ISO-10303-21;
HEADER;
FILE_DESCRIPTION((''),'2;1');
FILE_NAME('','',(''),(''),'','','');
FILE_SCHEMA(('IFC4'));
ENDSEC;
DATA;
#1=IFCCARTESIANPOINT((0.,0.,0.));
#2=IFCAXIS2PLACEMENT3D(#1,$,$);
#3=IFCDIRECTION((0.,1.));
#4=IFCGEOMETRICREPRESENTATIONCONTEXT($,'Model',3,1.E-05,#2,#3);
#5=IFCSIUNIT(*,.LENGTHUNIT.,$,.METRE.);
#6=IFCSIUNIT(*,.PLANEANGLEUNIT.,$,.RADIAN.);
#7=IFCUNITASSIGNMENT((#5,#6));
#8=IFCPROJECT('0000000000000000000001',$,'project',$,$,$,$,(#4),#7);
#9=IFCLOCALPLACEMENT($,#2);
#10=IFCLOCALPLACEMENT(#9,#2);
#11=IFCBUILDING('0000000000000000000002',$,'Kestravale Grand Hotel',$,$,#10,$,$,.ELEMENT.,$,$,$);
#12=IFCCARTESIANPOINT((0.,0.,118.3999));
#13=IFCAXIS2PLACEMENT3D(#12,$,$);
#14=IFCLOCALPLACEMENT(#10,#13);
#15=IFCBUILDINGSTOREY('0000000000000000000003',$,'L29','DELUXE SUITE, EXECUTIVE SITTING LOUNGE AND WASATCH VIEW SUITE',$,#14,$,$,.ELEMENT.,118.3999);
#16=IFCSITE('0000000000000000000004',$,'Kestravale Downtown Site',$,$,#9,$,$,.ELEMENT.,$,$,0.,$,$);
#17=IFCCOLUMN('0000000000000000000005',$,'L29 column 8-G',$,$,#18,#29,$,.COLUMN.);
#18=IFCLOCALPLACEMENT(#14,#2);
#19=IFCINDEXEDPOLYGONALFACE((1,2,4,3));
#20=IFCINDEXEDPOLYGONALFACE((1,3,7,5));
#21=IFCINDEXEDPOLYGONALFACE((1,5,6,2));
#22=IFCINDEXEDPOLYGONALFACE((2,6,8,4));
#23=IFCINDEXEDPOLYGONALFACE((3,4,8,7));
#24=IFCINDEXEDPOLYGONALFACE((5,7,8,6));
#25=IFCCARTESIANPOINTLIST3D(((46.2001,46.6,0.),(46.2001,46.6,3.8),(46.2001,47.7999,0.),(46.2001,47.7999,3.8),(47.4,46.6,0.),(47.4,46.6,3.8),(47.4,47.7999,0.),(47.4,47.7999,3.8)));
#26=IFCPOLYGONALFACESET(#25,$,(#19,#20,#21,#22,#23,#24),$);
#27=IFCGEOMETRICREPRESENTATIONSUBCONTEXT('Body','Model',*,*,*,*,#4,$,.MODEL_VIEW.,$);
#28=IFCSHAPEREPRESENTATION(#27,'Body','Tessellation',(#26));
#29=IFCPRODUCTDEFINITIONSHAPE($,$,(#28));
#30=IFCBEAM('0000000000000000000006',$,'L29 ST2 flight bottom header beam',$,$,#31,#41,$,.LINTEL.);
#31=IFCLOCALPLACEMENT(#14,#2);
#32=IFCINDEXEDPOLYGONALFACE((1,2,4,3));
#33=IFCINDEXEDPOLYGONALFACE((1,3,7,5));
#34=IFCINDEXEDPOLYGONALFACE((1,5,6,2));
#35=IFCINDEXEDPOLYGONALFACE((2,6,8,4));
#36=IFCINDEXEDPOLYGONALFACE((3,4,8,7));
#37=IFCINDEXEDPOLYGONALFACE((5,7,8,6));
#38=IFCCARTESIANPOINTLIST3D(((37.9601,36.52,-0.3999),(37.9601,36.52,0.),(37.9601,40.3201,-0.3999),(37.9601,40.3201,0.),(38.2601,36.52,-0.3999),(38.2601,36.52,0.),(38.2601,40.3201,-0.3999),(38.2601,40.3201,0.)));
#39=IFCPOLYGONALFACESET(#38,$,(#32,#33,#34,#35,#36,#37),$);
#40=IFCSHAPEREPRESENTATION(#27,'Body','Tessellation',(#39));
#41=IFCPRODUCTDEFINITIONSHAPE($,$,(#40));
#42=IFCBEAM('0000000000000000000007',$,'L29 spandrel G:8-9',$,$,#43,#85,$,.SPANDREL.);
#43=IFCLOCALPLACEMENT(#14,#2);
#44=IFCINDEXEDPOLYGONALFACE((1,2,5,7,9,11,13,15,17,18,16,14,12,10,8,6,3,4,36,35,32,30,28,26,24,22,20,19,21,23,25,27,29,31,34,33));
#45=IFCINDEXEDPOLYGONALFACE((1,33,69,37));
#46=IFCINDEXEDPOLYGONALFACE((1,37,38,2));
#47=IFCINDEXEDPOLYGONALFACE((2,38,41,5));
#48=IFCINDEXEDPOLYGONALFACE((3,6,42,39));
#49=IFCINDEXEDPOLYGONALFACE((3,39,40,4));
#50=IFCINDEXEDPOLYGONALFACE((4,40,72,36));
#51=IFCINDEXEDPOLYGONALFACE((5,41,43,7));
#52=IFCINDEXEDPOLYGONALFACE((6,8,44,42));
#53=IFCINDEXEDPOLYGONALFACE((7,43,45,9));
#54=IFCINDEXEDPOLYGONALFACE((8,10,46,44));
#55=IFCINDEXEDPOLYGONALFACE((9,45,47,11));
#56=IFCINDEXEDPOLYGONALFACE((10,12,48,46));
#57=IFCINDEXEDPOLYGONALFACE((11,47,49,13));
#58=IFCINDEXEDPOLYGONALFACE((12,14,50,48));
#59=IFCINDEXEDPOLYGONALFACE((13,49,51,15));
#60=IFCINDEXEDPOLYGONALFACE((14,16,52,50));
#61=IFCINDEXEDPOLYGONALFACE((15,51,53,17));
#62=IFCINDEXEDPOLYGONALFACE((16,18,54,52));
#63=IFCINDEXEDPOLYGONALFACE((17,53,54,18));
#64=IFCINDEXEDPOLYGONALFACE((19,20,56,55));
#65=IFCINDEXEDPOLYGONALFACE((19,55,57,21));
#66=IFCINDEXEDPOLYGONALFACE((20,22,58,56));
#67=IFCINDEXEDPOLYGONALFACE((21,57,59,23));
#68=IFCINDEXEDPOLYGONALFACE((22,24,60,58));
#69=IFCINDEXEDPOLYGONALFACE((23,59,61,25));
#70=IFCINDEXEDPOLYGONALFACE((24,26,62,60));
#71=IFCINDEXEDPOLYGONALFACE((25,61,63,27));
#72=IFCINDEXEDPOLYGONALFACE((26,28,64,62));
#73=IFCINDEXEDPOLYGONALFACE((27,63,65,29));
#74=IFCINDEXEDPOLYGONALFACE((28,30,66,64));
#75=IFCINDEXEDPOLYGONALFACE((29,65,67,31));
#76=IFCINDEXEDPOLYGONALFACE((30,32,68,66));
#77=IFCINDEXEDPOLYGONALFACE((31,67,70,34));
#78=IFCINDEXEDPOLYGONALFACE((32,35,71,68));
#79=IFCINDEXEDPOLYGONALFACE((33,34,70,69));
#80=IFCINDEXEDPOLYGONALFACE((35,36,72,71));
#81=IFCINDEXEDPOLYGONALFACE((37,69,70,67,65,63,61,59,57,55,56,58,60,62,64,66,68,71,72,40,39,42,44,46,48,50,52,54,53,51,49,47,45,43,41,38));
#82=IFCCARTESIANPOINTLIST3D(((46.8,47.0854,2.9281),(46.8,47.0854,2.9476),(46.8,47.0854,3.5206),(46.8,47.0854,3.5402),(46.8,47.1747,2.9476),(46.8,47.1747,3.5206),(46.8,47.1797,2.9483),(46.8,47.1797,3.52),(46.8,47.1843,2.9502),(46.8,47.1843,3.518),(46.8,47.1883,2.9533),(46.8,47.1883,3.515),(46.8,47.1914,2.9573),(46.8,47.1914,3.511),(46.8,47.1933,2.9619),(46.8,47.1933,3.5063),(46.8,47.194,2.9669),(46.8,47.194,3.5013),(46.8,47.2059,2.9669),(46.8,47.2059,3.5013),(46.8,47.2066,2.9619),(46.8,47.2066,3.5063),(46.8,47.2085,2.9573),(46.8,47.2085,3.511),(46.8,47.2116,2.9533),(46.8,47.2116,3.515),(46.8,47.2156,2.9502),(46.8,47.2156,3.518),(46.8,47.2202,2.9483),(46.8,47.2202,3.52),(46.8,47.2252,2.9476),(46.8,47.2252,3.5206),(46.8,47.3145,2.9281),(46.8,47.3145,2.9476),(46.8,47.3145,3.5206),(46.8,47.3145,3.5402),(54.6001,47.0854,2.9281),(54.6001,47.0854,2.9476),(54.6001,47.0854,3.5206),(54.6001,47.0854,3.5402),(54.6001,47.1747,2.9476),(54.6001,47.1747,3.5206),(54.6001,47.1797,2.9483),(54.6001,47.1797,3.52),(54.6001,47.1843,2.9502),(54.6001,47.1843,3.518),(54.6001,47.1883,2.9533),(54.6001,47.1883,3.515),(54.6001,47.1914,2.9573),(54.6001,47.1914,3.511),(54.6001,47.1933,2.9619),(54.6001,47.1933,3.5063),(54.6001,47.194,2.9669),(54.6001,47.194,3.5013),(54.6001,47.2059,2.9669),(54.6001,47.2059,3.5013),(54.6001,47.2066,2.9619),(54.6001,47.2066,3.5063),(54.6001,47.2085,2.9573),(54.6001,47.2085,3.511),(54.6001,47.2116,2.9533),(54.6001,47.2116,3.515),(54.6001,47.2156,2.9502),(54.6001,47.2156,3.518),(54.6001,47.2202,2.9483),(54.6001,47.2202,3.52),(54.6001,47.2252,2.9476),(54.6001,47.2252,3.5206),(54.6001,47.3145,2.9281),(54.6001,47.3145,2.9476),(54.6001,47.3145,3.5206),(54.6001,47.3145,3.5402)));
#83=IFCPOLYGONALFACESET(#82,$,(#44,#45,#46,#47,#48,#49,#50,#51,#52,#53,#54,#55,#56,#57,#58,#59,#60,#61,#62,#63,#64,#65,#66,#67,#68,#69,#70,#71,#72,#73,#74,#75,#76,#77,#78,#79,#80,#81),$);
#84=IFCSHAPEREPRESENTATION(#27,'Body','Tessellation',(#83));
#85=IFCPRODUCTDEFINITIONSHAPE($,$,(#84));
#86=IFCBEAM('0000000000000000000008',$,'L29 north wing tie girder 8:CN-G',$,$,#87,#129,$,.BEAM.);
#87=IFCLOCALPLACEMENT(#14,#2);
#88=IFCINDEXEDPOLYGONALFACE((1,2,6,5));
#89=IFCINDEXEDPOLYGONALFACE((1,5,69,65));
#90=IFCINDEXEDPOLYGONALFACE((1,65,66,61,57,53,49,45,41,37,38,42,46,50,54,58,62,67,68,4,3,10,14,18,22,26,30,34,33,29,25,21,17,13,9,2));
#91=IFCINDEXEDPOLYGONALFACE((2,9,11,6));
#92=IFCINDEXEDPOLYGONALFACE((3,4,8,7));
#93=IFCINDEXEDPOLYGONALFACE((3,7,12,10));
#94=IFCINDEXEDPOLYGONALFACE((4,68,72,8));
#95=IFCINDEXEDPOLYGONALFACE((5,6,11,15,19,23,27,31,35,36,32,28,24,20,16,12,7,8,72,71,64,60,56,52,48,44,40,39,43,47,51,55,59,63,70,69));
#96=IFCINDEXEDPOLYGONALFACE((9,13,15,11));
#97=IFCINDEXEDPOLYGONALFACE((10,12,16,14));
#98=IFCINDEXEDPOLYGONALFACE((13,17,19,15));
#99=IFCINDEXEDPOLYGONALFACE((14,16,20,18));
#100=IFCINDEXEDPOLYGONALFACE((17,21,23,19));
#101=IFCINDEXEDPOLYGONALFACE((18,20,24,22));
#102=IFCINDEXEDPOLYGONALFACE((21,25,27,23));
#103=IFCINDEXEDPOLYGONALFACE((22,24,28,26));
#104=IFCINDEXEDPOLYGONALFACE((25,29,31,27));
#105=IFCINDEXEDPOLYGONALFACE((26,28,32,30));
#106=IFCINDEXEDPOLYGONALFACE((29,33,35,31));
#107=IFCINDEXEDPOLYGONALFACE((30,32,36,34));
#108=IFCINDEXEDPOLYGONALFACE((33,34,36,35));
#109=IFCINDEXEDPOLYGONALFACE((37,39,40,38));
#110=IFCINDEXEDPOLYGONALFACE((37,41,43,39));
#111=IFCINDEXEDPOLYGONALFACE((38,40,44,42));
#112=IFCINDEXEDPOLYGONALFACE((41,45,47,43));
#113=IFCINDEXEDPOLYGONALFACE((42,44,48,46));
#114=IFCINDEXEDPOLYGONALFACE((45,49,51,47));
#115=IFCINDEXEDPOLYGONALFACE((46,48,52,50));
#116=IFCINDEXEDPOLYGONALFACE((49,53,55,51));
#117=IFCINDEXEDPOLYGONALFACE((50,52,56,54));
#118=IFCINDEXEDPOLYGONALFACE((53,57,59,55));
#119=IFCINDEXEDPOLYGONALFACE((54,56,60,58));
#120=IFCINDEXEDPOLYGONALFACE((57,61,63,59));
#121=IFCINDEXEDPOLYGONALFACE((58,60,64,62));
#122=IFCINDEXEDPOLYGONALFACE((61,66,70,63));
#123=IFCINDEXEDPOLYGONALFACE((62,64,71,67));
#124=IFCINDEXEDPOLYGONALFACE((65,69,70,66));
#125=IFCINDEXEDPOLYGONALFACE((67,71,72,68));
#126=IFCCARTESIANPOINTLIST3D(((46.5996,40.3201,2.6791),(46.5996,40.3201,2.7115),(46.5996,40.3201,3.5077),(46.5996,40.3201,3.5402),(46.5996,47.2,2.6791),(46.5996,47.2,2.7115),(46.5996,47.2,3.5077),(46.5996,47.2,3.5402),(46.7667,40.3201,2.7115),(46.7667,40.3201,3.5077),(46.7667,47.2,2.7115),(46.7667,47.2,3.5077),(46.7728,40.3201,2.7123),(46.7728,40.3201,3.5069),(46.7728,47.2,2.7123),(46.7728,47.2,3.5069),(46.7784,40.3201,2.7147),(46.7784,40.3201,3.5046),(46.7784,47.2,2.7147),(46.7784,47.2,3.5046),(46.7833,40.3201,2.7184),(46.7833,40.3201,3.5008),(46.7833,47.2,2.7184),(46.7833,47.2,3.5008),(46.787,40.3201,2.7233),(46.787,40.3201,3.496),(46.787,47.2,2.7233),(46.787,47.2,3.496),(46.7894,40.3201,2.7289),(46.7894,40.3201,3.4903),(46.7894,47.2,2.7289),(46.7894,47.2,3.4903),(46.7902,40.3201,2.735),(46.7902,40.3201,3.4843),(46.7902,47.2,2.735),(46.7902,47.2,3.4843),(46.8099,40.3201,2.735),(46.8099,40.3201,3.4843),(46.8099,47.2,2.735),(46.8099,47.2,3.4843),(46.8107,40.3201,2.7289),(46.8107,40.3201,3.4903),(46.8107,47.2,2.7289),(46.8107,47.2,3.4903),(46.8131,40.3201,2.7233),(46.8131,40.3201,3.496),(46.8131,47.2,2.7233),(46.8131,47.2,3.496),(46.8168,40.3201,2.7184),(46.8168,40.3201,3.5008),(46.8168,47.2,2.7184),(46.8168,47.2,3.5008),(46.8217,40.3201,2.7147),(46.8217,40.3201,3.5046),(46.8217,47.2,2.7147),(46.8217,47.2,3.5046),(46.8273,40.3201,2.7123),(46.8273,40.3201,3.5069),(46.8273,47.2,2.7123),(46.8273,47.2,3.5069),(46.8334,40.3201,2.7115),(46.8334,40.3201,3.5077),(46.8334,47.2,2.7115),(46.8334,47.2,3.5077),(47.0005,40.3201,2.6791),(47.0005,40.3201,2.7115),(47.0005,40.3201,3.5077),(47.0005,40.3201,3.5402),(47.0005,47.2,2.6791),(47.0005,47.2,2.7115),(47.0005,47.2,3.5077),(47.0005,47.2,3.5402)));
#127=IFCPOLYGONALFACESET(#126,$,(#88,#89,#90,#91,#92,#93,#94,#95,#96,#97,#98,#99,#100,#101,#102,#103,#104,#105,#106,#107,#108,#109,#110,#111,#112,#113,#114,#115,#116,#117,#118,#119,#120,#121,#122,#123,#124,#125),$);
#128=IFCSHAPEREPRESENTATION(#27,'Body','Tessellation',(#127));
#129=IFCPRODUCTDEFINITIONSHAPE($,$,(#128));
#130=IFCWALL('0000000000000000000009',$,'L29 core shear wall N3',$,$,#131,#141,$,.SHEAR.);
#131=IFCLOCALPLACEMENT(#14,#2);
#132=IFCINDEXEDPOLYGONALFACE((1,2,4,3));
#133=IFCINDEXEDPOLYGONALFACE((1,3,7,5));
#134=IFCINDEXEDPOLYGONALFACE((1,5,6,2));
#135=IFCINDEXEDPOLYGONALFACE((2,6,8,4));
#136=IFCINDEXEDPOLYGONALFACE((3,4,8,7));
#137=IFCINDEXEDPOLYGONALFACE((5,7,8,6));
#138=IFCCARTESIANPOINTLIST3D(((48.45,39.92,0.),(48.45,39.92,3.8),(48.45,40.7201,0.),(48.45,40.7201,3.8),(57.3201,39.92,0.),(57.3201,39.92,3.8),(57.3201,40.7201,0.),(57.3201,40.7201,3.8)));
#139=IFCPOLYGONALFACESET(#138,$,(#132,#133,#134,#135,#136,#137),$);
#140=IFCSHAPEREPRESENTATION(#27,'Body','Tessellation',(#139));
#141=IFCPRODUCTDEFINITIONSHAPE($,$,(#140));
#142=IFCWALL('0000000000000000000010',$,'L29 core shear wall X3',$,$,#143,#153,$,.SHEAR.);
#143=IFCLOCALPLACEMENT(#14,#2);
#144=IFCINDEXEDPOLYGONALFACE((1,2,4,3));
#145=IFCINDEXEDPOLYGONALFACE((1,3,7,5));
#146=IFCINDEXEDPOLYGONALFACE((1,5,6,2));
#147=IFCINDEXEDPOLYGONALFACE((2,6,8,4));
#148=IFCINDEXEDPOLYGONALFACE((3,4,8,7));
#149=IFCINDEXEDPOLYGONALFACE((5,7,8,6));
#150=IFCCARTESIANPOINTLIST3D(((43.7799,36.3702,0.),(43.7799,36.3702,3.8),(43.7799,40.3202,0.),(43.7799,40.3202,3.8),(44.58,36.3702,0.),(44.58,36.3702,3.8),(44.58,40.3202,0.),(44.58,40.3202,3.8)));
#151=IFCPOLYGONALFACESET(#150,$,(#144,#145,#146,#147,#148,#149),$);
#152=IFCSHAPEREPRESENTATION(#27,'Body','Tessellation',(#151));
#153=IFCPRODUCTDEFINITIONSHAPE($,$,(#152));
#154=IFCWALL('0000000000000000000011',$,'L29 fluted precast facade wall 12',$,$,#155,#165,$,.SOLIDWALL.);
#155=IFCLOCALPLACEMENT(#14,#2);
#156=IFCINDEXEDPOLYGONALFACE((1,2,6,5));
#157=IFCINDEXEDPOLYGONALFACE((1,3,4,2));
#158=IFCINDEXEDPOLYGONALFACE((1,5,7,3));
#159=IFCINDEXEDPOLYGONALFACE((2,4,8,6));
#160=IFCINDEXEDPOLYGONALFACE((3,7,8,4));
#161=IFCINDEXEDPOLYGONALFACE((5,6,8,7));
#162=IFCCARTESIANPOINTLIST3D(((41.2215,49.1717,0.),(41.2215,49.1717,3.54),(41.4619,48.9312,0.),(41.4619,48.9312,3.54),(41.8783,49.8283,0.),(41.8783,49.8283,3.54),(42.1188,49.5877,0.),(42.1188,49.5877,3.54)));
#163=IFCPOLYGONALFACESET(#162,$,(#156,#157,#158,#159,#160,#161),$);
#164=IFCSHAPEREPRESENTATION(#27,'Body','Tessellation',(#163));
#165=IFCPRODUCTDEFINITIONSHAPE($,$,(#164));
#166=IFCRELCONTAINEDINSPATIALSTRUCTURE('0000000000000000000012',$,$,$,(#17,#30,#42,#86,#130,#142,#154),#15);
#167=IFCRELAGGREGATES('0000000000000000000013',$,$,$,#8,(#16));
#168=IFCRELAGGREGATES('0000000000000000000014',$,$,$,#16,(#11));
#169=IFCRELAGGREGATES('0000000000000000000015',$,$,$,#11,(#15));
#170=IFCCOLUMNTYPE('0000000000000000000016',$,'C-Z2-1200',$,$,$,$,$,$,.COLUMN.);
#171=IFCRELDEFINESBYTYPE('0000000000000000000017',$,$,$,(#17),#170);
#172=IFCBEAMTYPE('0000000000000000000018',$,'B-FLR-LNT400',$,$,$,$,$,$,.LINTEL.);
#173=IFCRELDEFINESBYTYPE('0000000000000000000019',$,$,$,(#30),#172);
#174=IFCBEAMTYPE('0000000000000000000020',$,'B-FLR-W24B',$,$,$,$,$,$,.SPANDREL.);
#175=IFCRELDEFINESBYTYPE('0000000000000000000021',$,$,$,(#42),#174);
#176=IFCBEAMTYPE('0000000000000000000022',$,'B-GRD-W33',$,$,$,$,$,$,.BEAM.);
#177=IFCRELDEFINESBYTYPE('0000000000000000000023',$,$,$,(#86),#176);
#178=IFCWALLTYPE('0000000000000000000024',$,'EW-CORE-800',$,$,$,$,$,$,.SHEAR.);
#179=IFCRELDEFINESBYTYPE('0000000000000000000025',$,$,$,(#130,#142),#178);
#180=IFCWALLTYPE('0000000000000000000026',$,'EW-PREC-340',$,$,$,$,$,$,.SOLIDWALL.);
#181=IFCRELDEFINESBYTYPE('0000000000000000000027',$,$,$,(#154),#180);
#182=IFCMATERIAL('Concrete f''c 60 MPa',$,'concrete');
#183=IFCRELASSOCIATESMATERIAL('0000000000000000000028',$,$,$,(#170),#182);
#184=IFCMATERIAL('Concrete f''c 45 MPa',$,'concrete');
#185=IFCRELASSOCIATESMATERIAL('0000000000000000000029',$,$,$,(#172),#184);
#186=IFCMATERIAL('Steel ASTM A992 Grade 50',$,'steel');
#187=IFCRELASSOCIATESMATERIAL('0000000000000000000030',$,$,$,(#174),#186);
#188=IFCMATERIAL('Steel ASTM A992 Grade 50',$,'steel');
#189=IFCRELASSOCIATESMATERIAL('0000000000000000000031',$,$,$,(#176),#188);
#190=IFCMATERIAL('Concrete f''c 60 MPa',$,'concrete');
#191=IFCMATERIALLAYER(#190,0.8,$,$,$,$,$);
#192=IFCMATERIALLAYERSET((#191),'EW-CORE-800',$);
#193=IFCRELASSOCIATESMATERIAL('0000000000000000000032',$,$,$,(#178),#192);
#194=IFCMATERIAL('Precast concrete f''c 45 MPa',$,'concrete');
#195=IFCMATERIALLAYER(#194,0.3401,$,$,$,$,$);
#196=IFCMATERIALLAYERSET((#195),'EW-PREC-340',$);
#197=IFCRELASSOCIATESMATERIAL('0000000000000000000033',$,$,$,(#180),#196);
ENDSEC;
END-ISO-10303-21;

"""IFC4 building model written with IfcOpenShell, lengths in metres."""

from ifc_helpers import new_model, si_unit, direction, frame, frame_2d, origin, origin_2d, place, context, subcontext, project, spatial, rectangle, i_section, extrude, material, layer, layer_set, material_profile, profile_set, type_object, element, save


model = new_model("IFC4")

# Units and contexts
model_context = context("Model", 3, precision=1e-05, world=origin(), true_north=direction((0.0, 1.0)))
body_context = subcontext(model_context, "Body", "Model", "MODEL_VIEW")
ifc_project = project(units=[si_unit("LENGTHUNIT", "METRE"), si_unit("PLANEANGLEUNIT", "RADIAN")], contexts=[model_context])

# Site, building, storey
site_placement = place(None, origin())
site = spatial("IfcSite", under=ifc_project, at=site_placement, Name="Kestravale Downtown Site", CompositionType="ELEMENT", RefElevation=0.0)
building_placement = place(site_placement, origin())
building = spatial("IfcBuilding", under=site, at=building_placement, Name="Kestravale Grand Hotel", CompositionType="ELEMENT")
storey_placement = place(building_placement, frame((0.0, 0.0, 118.3999)))
storey = spatial("IfcBuildingStorey", under=building, at=storey_placement, Name="L29", Description="DELUXE SUITE, EXECUTIVE SITTING LOUNGE AND WASATCH VIEW SUITE", CompositionType="ELEMENT", Elevation=118.3999)

# Column
ifc_material_1 = material(Name="Concrete f'c 60 MPa", Category="concrete")
ifc_material_profile_1 = material_profile(ifc_material_1, rectangle(XDim=1.2, YDim=1.2, at=origin_2d()))
ifc_profile_set_1 = profile_set([ifc_material_profile_1], Name="Concrete f'c 60 MPa")
column_type = type_object("IfcColumnType", Name="C-Z2-1200", PredefinedType="COLUMN", material=ifc_profile_set_1)
column_placement = place(storey_placement, frame((46.8, 47.2, 0.0), z_axis=(0.0, 0.0, 1.0), x_axis=(1.0, 0.0, 0.0)))
element("IfcColumn", 1, at=column_placement, inside=storey, type_object=column_type, Name="L29 column 8-G", PredefinedType="COLUMN", context=body_context, shape_type="SweptSolid", body=[
    extrude(rectangle(XDim=1.2, YDim=1.2, at=origin_2d()), origin(), (0.0, 0.0, 1.0), 3.8),
])

# Beams
ifc_material_2 = material(Name="Concrete f'c 45 MPa", Category="concrete")
ifc_material_profile_2 = material_profile(ifc_material_2, rectangle(XDim=0.3, YDim=0.3999, at=origin_2d()))
ifc_profile_set_2 = profile_set([ifc_material_profile_2], Name="Concrete f'c 45 MPa")
beam_type_1 = type_object("IfcBeamType", Name="B-FLR-LNT400", PredefinedType="LINTEL", material=ifc_profile_set_2)
beam_1_placement = place(storey_placement, frame((38.1101, 36.52, -0.2), z_axis=(0.0, 1.0, 0.0), x_axis=(-1.0, 0.0, 0.0)))
element("IfcBeam", 2, at=beam_1_placement, inside=storey, type_object=beam_type_1, Name="L29 ST2 flight bottom header beam", PredefinedType="LINTEL", context=body_context, shape_type="SweptSolid", body=[
    extrude(rectangle(XDim=0.3, YDim=0.3999, at=origin_2d()), origin(), (0.0, 0.0, 1.0), 3.8),
])
ifc_material_3 = material(Name="Steel ASTM A992 Grade 50", Category="steel")
ifc_material_profile_3 = material_profile(ifc_material_3, i_section(OverallWidth=0.229, OverallDepth=0.6121, WebThickness=0.012, FlangeThickness=0.0195, FilletRadius=0.0193, at=origin_2d()))
ifc_profile_set_3 = profile_set([ifc_material_profile_3], Name="Steel ASTM A992 Grade 50")
beam_type_2 = type_object("IfcBeamType", Name="B-FLR-W24B", PredefinedType="SPANDREL", material=ifc_profile_set_3)
beam_2_placement = place(storey_placement, frame((46.8, 47.2, 3.2341), z_axis=(1.0, 0.0, 0.0), x_axis=(0.0, 1.0, 0.0)))
element("IfcBeam", 3, at=beam_2_placement, inside=storey, type_object=beam_type_2, Name="L29 spandrel G:8-9", PredefinedType="SPANDREL", context=body_context, shape_type="SweptSolid", body=[
    extrude(i_section(OverallWidth=0.229, OverallDepth=0.6121, WebThickness=0.012, FlangeThickness=0.0195, FilletRadius=0.0193, at=origin_2d()), origin(), (0.0, 0.0, 1.0), 7.8),
])
ifc_material_4 = material(Name="Steel ASTM A992 Grade 50", Category="steel")
ifc_material_profile_4 = material_profile(ifc_material_4, i_section(OverallWidth=0.4009, OverallDepth=0.8611, WebThickness=0.0198, FlangeThickness=0.0325, FilletRadius=0.0234, at=origin_2d()))
ifc_profile_set_4 = profile_set([ifc_material_profile_4], Name="Steel ASTM A992 Grade 50")
beam_type_3 = type_object("IfcBeamType", Name="B-GRD-W33", PredefinedType="BEAM", material=ifc_profile_set_4)
beam_3_placement = place(storey_placement, frame((46.8, 40.3201, 3.1096), z_axis=(0.0, 1.0, 0.0), x_axis=(-1.0, 0.0, 0.0)))
element("IfcBeam", 4, at=beam_3_placement, inside=storey, type_object=beam_type_3, Name="L29 north wing tie girder 8:CN-G", PredefinedType="BEAM", context=body_context, shape_type="SweptSolid", body=[
    extrude(i_section(OverallWidth=0.4009, OverallDepth=0.8611, WebThickness=0.0198, FlangeThickness=0.0325, FilletRadius=0.0234, at=origin_2d()), origin(), (0.0, 0.0, 1.0), 6.8799),
])

# Walls
ifc_material_5 = material(Name="Concrete f'c 60 MPa", Category="concrete")
ifc_layer_1 = layer(ifc_material_5, 0.8)
ifc_layer_set_1 = layer_set([ifc_layer_1], Name="EW-CORE-800")
wall_type_1 = type_object("IfcWallType", Name="EW-CORE-800", PredefinedType="SHEAR", material=ifc_layer_set_1)
wall_1_placement = place(storey_placement, frame((48.45, 40.3201, 0.0), z_axis=(0.0, 0.0, 1.0), x_axis=(1.0, 0.0, 0.0)))
element("IfcWall", 5, at=wall_1_placement, inside=storey, type_object=wall_type_1, Name="L29 core shear wall N3", PredefinedType="SHEAR", context=body_context, shape_type="SweptSolid", body=[
    extrude(rectangle(XDim=8.8701, YDim=0.8, at=frame_2d((4.4351, 0.0))), origin(), (0.0, 0.0, 1.0), 3.8),
])
wall_2_placement = place(storey_placement, frame((44.1799, 36.3701, 0.0), z_axis=(0.0, 0.0, 1.0), x_axis=(0.0, 1.0, 0.0)))
element("IfcWall", 6, at=wall_2_placement, inside=storey, type_object=wall_type_1, Name="L29 core shear wall X3", PredefinedType="SHEAR", context=body_context, shape_type="SweptSolid", body=[
    extrude(rectangle(XDim=3.95, YDim=0.8, at=frame_2d((1.9751, 0.0))), origin(), (0.0, 0.0, 1.0), 3.8),
])
ifc_material_6 = material(Name="Precast concrete f'c 45 MPa", Category="concrete")
ifc_layer_2 = layer(ifc_material_6, 0.3401)
ifc_layer_set_2 = layer_set([ifc_layer_2], Name="EW-PREC-340")
wall_type_2 = type_object("IfcWallType", Name="EW-PREC-340", PredefinedType="SOLIDWALL", material=ifc_layer_set_2)
wall_3_placement = place(storey_placement, frame((41.9985, 49.708, 0.0), z_axis=(0.0, 0.0, 1.0), x_axis=(-0.707238, -0.706975, 0.0)))
element("IfcWall", 7, at=wall_3_placement, inside=storey, type_object=wall_type_2, Name="L29 fluted precast facade wall 12", PredefinedType="SOLIDWALL", context=body_context, shape_type="SweptSolid", body=[
    extrude(rectangle(XDim=0.9287, YDim=0.3401, at=frame_2d((0.4644, 0.0))), origin(), (0.0, 0.0, 1.0), 3.54),
])

save(model, "model.ifc")
